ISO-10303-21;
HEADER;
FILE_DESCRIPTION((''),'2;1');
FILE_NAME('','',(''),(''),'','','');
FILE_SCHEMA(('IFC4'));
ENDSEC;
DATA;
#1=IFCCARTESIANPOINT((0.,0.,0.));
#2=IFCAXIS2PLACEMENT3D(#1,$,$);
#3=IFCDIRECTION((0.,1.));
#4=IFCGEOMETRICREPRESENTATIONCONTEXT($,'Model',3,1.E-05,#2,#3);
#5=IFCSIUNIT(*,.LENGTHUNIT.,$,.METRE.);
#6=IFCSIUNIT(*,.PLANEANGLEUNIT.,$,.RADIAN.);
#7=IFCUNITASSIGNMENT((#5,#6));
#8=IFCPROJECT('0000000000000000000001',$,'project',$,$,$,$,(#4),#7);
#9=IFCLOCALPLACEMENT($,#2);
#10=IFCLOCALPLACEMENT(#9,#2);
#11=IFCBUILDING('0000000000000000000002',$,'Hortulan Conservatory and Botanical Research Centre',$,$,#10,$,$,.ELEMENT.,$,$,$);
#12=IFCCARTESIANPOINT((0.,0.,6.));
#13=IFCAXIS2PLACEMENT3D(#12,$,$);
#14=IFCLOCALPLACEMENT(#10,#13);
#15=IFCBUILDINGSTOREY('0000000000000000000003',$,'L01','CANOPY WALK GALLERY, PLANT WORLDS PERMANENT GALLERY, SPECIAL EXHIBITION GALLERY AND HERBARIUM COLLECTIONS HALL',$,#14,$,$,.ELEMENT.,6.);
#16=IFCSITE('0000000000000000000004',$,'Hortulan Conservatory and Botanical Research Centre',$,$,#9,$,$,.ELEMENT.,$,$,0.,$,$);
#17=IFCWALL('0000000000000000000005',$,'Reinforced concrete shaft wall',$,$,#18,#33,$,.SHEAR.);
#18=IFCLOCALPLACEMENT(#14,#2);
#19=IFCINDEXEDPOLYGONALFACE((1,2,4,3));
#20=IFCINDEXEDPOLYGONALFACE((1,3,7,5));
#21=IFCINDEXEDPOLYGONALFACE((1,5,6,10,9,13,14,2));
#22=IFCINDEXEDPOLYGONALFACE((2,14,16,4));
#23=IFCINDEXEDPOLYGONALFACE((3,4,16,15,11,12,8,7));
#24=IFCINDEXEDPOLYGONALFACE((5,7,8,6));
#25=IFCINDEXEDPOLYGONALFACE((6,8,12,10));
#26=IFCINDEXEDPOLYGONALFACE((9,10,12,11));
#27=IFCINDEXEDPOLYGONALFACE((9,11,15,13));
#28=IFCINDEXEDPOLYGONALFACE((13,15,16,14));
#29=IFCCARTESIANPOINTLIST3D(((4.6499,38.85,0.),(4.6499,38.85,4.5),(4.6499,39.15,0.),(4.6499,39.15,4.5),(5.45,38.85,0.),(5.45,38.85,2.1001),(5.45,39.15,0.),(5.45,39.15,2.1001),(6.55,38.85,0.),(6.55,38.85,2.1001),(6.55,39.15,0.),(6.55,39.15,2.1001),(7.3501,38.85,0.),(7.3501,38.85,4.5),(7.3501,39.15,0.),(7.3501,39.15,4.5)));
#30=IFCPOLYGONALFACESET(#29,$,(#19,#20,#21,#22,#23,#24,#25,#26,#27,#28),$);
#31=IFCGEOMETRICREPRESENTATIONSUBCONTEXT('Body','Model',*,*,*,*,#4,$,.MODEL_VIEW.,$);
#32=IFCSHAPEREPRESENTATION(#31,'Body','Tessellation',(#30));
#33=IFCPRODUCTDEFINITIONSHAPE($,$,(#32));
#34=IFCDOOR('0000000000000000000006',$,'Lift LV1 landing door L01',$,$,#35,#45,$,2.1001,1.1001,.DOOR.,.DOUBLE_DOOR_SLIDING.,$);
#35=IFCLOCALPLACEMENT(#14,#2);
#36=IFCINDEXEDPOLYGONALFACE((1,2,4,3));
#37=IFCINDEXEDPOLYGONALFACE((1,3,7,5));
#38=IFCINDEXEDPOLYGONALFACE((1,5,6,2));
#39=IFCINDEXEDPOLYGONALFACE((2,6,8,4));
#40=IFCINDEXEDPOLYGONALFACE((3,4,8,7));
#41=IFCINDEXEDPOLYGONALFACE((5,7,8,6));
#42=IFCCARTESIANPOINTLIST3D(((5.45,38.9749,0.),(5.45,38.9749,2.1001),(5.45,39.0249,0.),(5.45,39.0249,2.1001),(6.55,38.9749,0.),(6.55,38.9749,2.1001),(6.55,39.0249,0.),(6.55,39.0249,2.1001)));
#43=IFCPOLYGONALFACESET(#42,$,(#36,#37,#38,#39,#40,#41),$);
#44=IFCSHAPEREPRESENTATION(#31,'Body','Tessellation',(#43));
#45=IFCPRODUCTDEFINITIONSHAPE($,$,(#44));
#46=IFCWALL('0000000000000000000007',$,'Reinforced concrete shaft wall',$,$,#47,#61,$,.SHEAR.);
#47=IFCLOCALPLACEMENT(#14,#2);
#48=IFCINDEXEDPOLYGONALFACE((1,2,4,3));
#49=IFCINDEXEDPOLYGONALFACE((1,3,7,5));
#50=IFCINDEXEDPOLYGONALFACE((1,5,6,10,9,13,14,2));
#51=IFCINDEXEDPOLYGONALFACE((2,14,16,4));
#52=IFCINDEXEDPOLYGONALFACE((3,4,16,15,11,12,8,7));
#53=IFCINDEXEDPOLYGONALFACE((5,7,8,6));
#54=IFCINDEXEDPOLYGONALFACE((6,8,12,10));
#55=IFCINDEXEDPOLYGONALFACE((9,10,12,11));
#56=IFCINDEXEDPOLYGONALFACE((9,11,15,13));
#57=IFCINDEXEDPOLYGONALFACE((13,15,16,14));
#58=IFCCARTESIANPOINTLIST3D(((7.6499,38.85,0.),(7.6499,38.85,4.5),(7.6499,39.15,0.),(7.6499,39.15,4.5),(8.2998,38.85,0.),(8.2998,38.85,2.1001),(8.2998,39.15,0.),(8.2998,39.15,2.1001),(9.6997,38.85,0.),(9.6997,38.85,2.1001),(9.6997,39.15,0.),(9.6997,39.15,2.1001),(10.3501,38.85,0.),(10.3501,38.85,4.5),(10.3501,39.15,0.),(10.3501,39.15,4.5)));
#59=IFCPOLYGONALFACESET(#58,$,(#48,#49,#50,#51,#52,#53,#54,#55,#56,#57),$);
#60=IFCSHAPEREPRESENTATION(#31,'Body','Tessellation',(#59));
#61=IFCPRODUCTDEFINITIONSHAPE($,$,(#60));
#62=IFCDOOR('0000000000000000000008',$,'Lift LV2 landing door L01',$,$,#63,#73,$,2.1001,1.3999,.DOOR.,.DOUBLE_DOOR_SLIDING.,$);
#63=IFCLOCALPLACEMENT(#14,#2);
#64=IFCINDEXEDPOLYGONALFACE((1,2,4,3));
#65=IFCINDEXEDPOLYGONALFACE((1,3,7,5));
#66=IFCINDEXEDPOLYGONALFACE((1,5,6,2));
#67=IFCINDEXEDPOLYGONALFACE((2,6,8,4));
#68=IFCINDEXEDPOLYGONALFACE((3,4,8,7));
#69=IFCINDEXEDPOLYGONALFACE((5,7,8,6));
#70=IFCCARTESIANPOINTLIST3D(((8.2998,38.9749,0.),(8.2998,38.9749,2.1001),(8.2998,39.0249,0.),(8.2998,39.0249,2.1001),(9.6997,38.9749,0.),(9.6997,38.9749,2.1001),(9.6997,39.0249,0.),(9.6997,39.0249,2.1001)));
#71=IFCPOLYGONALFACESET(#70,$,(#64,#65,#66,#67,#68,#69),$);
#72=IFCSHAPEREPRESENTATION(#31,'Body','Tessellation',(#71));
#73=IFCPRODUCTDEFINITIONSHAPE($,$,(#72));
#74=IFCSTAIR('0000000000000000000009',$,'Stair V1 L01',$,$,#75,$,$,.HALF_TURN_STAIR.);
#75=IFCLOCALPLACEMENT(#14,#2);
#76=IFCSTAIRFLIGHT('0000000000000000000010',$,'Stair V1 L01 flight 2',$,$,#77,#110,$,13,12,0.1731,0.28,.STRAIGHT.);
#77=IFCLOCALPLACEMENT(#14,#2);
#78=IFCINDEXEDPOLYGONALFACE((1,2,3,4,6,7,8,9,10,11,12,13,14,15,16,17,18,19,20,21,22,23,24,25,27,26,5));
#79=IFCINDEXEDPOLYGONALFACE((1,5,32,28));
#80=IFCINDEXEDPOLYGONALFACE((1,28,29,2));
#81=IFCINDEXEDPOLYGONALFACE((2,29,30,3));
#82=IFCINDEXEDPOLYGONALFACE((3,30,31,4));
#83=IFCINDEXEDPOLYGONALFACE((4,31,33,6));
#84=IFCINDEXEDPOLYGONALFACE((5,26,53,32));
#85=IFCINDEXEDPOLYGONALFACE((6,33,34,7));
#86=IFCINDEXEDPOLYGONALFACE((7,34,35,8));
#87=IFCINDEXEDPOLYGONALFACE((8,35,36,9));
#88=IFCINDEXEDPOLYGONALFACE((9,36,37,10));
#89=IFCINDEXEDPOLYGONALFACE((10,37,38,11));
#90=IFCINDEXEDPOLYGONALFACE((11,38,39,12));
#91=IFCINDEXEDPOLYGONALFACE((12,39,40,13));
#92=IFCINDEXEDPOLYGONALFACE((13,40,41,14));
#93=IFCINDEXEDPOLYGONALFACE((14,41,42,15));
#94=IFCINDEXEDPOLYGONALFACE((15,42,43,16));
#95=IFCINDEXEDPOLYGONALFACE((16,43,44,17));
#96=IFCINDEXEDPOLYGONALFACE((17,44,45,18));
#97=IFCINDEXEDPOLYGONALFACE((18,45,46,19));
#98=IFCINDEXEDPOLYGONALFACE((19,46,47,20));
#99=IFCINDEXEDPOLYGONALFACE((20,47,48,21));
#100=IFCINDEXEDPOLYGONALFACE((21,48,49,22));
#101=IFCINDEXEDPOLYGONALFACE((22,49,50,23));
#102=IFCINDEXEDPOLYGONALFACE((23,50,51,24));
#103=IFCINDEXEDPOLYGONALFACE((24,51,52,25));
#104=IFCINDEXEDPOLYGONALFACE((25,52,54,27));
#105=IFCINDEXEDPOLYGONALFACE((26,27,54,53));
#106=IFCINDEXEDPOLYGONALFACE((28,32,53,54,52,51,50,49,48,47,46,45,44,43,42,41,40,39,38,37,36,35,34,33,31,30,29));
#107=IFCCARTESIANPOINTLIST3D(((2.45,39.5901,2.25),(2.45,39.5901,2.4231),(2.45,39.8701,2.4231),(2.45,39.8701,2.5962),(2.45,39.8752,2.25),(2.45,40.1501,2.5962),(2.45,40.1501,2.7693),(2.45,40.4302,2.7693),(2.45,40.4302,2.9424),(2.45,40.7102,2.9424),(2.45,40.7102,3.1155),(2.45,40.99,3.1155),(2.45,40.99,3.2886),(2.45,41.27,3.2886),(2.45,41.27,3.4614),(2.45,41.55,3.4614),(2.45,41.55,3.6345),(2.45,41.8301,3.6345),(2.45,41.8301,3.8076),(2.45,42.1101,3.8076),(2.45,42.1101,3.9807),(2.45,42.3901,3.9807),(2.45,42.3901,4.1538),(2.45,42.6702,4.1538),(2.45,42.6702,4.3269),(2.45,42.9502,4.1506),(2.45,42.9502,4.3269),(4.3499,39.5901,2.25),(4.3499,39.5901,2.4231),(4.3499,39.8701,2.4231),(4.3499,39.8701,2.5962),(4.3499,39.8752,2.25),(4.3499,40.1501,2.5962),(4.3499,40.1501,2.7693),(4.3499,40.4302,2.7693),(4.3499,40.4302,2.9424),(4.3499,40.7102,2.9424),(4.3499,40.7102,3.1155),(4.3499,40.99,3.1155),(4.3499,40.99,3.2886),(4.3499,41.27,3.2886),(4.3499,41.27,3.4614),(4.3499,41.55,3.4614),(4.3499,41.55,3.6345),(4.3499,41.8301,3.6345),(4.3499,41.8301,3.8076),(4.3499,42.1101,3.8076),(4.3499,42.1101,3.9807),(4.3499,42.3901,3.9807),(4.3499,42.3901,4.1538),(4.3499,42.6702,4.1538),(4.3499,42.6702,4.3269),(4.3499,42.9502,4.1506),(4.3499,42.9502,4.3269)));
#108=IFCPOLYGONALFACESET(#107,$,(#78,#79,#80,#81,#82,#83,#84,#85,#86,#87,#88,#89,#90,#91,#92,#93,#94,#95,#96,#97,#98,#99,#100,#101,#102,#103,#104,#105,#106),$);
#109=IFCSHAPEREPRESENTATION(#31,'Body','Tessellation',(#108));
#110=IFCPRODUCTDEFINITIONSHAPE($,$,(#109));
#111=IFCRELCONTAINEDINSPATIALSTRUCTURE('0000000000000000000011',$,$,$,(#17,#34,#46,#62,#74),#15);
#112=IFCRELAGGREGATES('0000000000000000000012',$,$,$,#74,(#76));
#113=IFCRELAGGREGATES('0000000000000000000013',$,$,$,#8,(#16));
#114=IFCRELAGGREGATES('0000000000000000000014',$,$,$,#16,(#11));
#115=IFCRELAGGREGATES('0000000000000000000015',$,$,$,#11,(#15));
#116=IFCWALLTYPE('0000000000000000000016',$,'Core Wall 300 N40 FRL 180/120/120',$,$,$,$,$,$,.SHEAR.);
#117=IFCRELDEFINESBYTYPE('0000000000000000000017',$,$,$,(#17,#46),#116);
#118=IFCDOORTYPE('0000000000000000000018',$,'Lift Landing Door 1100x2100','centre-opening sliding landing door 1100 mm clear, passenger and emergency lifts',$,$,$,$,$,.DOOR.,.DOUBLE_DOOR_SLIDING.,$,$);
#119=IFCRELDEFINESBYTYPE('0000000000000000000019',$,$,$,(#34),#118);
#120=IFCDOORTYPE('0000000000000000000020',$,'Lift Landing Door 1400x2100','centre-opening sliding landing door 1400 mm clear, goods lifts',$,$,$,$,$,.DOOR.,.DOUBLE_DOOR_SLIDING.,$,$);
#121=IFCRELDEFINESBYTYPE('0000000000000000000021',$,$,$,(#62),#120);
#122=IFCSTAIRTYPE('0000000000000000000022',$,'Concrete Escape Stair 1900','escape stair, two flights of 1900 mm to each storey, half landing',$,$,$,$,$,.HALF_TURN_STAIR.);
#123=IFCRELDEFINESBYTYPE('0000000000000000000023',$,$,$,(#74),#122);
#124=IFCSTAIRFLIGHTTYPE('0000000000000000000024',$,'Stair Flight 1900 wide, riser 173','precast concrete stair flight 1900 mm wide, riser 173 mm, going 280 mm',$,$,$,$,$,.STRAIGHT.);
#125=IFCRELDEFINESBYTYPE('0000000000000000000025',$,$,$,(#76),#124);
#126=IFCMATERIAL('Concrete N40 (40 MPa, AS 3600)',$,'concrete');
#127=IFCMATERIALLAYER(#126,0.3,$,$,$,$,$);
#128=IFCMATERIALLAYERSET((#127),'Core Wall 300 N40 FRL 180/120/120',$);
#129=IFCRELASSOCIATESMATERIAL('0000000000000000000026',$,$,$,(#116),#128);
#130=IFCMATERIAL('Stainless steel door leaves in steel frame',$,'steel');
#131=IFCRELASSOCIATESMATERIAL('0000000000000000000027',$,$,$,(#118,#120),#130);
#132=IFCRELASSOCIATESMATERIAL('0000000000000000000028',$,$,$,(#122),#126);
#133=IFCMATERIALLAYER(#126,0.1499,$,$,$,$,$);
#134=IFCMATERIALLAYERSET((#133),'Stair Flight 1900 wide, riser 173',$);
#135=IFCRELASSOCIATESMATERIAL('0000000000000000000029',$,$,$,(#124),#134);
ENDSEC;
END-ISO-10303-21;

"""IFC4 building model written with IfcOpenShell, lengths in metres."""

from ifc_helpers import new_model, si_unit, direction, frame, frame_2d, origin, place, context, subcontext, project, spatial, polyline, rectangle, outline, extrude, material, layer, layer_set, type_object, element, fill, aggregate, save


model = new_model("IFC4")

# Units and contexts
model_context = context("Model", 3, precision=1e-05, world=origin(), true_north=direction((0.0, 1.0)))
body_context = subcontext(model_context, "Body", "Model", "MODEL_VIEW")
ifc_project = project(units=[si_unit("LENGTHUNIT", "METRE"), si_unit("PLANEANGLEUNIT", "RADIAN")], contexts=[model_context])

# Site, building, storey
site_placement = place(None, origin())
site = spatial("IfcSite", under=ifc_project, at=site_placement, Name="Hortulan Conservatory and Botanical Research Centre", CompositionType="ELEMENT", RefElevation=0.0)
building_placement = place(site_placement, origin())
building = spatial("IfcBuilding", under=site, at=building_placement, Name="Hortulan Conservatory and Botanical Research Centre", CompositionType="ELEMENT")
storey_placement = place(building_placement, frame((0.0, 0.0, 6.0)))
storey = spatial("IfcBuildingStorey", under=building, at=storey_placement, Name="L01", Description="CANOPY WALK GALLERY, PLANT WORLDS PERMANENT GALLERY, SPECIAL EXHIBITION GALLERY AND HERBARIUM COLLECTIONS HALL", CompositionType="ELEMENT", Elevation=6.0)

# Shared definitions
ifc_material_1 = material(Name="Concrete N40 (40 MPa, AS 3600)", Category="concrete")
ifc_layer_1 = layer(ifc_material_1, 0.3)
ifc_layer_set_1 = layer_set([ifc_layer_1], Name="Core Wall 300 N40 FRL 180/120/120")
wall_type = type_object("IfcWallType", Name="Core Wall 300 N40 FRL 180/120/120", PredefinedType="SHEAR", material=ifc_layer_set_1)

# Walls, openings, doors
wall_1_placement = place(storey_placement, frame((4.6499, 39.0, 0.0), z_axis=(0.0, 0.0, 1.0), x_axis=(1.0, 0.0, 0.0)))
wall_1 = element("IfcWall", 1, at=wall_1_placement, inside=storey, type_object=wall_type, Name="Reinforced concrete shaft wall", PredefinedType="SHEAR", context=body_context, shape_type="SweptSolid", body=[
    extrude(rectangle(XDim=2.7002, YDim=0.3, at=frame_2d((1.3501, 0.0))), origin(), (0.0, 0.0, 1.0), 4.5),
])
opening_1_placement = place(wall_1_placement, frame((0.8, 0.0, 0.0)))
opening_1 = element("IfcOpeningElement", 2, at=opening_1_placement, cuts=wall_1, PredefinedType="OPENING", context=body_context, shape_type="SweptSolid", body=[
    extrude(rectangle(XDim=1.1001, YDim=2.1001, at=frame_2d((0.55, 1.05))), frame((0.0, 0.1599, 0.0), z_axis=(0.0, -1.0, 0.0), x_axis=(1.0, 0.0, 0.0)), (0.0, 0.0, 1.0), 0.3201),
])
ifc_material_2 = material(Name="Stainless steel door leaves in steel frame", Category="steel")
door_type_1 = type_object("IfcDoorType", Name="Lift Landing Door 1100x2100", Description="centre-opening sliding landing door 1100 mm clear, passenger and emergency lifts", OperationType="DOUBLE_DOOR_SLIDING", PredefinedType="DOOR", material=ifc_material_2)
door_1_placement = place(opening_1_placement, origin())
door_1 = element("IfcDoor", 3, at=door_1_placement, inside=storey, type_object=door_type_1, Name="Lift LV1 landing door L01", OperationType="DOUBLE_DOOR_SLIDING", OverallHeight=2.1001, OverallWidth=1.1001, PredefinedType="DOOR", context=body_context, shape_type="SweptSolid", body=[
    extrude(rectangle(XDim=1.1001, YDim=2.1001, at=frame_2d((0.55, 1.05))), frame((0.0, 0.0249, 0.0), z_axis=(0.0, -1.0, 0.0), x_axis=(1.0, 0.0, 0.0)), (0.0, 0.0, 1.0), 0.05),
])
fill(opening_1, door_1)
wall_2_placement = place(storey_placement, frame((7.6499, 39.0, 0.0), z_axis=(0.0, 0.0, 1.0), x_axis=(1.0, 0.0, 0.0)))
wall_2 = element("IfcWall", 4, at=wall_2_placement, inside=storey, type_object=wall_type, Name="Reinforced concrete shaft wall", PredefinedType="SHEAR", context=body_context, shape_type="SweptSolid", body=[
    extrude(rectangle(XDim=2.7002, YDim=0.3, at=frame_2d((1.3501, 0.0))), origin(), (0.0, 0.0, 1.0), 4.5),
])
opening_2_placement = place(wall_2_placement, frame((0.6499, 0.0, 0.0)))
opening_2 = element("IfcOpeningElement", 5, at=opening_2_placement, cuts=wall_2, PredefinedType="OPENING", context=body_context, shape_type="SweptSolid", body=[
    extrude(rectangle(XDim=1.3999, YDim=2.1001, at=frame_2d((0.7, 1.05))), frame((0.0, 0.1599, 0.0), z_axis=(0.0, -1.0, 0.0), x_axis=(1.0, 0.0, 0.0)), (0.0, 0.0, 1.0), 0.3201),
])
door_type_2 = type_object("IfcDoorType", Name="Lift Landing Door 1400x2100", Description="centre-opening sliding landing door 1400 mm clear, goods lifts", OperationType="DOUBLE_DOOR_SLIDING", PredefinedType="DOOR", material=ifc_material_2)
door_2_placement = place(opening_2_placement, origin())
door_2 = element("IfcDoor", 6, at=door_2_placement, inside=storey, type_object=door_type_2, Name="Lift LV2 landing door L01", OperationType="DOUBLE_DOOR_SLIDING", OverallHeight=2.1001, OverallWidth=1.3999, PredefinedType="DOOR", context=body_context, shape_type="SweptSolid", body=[
    extrude(rectangle(XDim=1.3999, YDim=2.1001, at=frame_2d((0.7, 1.05))), frame((0.0, 0.0249, 0.0), z_axis=(0.0, -1.0, 0.0), x_axis=(1.0, 0.0, 0.0)), (0.0, 0.0, 1.0), 0.05),
])
fill(opening_2, door_2)

# Stair, stair flight
stair_type = type_object("IfcStairType", Name="Concrete Escape Stair 1900", Description="escape stair, two flights of 1900 mm to each storey, half landing", PredefinedType="HALF_TURN_STAIR", material=ifc_material_1)
stair_placement = place(storey_placement, origin())
stair = element("IfcStair", 7, at=stair_placement, inside=storey, type_object=stair_type, Name="Stair V1 L01", PredefinedType="HALF_TURN_STAIR")
ifc_layer_2 = layer(ifc_material_1, 0.1499)
ifc_layer_set_2 = layer_set([ifc_layer_2], Name="Stair Flight 1900 wide, riser 173")
stair_flight_type = type_object("IfcStairFlightType", Name="Stair Flight 1900 wide, riser 173", Description="precast concrete stair flight 1900 mm wide, riser 173 mm, going 280 mm", PredefinedType="STRAIGHT", material=ifc_layer_set_2)
stair_flight_placement = place(storey_placement, frame((3.3999, 39.5901, 2.25), z_axis=(0.0, 0.0, 1.0), x_axis=(0.0, 1.0, 0.0)))
stair_flight = element("IfcStairFlight", 8, at=stair_flight_placement, type_object=stair_flight_type, Name="Stair V1 L01 flight 2", NumberOfRisers=13, NumberOfTreads=12, PredefinedType="STRAIGHT", RiserHeight=0.1731, TreadLength=0.28, context=body_context, shape_type="SweptSolid", body=[
    extrude(outline(polyline([(0.0, 0.0), (0.0, 0.1731), (0.28, 0.1731), (0.28, 0.3462), (0.5601, 0.3462), (0.5601, 0.5193), (0.8401, 0.5193), (0.8401, 0.6924), (1.1201, 0.6924), (1.1201, 0.8655), (1.3999, 0.8655), (1.3999, 1.0386), (1.6799, 1.0386), (1.6799, 1.2114), (1.96, 1.2114), (1.96, 1.3845), (2.24, 1.3845), (2.24, 1.5576), (2.52, 1.5576), (2.52, 1.7307), (2.8, 1.7307), (2.8, 1.9038), (3.0801, 1.9038), (3.0801, 2.0769), (3.3601, 2.0769), (3.3601, 2.25), (3.3601, 1.9006), (0.2852, 0.0), (0.0, 0.0)])), frame((0.0, 0.95, 0.0), z_axis=(0.0, -1.0, 0.0), x_axis=(1.0, 0.0, 0.0)), (0.0, 0.0, 1.0), 1.8999),
])
aggregate(stair, [stair_flight])

save(model, "model.ifc")
